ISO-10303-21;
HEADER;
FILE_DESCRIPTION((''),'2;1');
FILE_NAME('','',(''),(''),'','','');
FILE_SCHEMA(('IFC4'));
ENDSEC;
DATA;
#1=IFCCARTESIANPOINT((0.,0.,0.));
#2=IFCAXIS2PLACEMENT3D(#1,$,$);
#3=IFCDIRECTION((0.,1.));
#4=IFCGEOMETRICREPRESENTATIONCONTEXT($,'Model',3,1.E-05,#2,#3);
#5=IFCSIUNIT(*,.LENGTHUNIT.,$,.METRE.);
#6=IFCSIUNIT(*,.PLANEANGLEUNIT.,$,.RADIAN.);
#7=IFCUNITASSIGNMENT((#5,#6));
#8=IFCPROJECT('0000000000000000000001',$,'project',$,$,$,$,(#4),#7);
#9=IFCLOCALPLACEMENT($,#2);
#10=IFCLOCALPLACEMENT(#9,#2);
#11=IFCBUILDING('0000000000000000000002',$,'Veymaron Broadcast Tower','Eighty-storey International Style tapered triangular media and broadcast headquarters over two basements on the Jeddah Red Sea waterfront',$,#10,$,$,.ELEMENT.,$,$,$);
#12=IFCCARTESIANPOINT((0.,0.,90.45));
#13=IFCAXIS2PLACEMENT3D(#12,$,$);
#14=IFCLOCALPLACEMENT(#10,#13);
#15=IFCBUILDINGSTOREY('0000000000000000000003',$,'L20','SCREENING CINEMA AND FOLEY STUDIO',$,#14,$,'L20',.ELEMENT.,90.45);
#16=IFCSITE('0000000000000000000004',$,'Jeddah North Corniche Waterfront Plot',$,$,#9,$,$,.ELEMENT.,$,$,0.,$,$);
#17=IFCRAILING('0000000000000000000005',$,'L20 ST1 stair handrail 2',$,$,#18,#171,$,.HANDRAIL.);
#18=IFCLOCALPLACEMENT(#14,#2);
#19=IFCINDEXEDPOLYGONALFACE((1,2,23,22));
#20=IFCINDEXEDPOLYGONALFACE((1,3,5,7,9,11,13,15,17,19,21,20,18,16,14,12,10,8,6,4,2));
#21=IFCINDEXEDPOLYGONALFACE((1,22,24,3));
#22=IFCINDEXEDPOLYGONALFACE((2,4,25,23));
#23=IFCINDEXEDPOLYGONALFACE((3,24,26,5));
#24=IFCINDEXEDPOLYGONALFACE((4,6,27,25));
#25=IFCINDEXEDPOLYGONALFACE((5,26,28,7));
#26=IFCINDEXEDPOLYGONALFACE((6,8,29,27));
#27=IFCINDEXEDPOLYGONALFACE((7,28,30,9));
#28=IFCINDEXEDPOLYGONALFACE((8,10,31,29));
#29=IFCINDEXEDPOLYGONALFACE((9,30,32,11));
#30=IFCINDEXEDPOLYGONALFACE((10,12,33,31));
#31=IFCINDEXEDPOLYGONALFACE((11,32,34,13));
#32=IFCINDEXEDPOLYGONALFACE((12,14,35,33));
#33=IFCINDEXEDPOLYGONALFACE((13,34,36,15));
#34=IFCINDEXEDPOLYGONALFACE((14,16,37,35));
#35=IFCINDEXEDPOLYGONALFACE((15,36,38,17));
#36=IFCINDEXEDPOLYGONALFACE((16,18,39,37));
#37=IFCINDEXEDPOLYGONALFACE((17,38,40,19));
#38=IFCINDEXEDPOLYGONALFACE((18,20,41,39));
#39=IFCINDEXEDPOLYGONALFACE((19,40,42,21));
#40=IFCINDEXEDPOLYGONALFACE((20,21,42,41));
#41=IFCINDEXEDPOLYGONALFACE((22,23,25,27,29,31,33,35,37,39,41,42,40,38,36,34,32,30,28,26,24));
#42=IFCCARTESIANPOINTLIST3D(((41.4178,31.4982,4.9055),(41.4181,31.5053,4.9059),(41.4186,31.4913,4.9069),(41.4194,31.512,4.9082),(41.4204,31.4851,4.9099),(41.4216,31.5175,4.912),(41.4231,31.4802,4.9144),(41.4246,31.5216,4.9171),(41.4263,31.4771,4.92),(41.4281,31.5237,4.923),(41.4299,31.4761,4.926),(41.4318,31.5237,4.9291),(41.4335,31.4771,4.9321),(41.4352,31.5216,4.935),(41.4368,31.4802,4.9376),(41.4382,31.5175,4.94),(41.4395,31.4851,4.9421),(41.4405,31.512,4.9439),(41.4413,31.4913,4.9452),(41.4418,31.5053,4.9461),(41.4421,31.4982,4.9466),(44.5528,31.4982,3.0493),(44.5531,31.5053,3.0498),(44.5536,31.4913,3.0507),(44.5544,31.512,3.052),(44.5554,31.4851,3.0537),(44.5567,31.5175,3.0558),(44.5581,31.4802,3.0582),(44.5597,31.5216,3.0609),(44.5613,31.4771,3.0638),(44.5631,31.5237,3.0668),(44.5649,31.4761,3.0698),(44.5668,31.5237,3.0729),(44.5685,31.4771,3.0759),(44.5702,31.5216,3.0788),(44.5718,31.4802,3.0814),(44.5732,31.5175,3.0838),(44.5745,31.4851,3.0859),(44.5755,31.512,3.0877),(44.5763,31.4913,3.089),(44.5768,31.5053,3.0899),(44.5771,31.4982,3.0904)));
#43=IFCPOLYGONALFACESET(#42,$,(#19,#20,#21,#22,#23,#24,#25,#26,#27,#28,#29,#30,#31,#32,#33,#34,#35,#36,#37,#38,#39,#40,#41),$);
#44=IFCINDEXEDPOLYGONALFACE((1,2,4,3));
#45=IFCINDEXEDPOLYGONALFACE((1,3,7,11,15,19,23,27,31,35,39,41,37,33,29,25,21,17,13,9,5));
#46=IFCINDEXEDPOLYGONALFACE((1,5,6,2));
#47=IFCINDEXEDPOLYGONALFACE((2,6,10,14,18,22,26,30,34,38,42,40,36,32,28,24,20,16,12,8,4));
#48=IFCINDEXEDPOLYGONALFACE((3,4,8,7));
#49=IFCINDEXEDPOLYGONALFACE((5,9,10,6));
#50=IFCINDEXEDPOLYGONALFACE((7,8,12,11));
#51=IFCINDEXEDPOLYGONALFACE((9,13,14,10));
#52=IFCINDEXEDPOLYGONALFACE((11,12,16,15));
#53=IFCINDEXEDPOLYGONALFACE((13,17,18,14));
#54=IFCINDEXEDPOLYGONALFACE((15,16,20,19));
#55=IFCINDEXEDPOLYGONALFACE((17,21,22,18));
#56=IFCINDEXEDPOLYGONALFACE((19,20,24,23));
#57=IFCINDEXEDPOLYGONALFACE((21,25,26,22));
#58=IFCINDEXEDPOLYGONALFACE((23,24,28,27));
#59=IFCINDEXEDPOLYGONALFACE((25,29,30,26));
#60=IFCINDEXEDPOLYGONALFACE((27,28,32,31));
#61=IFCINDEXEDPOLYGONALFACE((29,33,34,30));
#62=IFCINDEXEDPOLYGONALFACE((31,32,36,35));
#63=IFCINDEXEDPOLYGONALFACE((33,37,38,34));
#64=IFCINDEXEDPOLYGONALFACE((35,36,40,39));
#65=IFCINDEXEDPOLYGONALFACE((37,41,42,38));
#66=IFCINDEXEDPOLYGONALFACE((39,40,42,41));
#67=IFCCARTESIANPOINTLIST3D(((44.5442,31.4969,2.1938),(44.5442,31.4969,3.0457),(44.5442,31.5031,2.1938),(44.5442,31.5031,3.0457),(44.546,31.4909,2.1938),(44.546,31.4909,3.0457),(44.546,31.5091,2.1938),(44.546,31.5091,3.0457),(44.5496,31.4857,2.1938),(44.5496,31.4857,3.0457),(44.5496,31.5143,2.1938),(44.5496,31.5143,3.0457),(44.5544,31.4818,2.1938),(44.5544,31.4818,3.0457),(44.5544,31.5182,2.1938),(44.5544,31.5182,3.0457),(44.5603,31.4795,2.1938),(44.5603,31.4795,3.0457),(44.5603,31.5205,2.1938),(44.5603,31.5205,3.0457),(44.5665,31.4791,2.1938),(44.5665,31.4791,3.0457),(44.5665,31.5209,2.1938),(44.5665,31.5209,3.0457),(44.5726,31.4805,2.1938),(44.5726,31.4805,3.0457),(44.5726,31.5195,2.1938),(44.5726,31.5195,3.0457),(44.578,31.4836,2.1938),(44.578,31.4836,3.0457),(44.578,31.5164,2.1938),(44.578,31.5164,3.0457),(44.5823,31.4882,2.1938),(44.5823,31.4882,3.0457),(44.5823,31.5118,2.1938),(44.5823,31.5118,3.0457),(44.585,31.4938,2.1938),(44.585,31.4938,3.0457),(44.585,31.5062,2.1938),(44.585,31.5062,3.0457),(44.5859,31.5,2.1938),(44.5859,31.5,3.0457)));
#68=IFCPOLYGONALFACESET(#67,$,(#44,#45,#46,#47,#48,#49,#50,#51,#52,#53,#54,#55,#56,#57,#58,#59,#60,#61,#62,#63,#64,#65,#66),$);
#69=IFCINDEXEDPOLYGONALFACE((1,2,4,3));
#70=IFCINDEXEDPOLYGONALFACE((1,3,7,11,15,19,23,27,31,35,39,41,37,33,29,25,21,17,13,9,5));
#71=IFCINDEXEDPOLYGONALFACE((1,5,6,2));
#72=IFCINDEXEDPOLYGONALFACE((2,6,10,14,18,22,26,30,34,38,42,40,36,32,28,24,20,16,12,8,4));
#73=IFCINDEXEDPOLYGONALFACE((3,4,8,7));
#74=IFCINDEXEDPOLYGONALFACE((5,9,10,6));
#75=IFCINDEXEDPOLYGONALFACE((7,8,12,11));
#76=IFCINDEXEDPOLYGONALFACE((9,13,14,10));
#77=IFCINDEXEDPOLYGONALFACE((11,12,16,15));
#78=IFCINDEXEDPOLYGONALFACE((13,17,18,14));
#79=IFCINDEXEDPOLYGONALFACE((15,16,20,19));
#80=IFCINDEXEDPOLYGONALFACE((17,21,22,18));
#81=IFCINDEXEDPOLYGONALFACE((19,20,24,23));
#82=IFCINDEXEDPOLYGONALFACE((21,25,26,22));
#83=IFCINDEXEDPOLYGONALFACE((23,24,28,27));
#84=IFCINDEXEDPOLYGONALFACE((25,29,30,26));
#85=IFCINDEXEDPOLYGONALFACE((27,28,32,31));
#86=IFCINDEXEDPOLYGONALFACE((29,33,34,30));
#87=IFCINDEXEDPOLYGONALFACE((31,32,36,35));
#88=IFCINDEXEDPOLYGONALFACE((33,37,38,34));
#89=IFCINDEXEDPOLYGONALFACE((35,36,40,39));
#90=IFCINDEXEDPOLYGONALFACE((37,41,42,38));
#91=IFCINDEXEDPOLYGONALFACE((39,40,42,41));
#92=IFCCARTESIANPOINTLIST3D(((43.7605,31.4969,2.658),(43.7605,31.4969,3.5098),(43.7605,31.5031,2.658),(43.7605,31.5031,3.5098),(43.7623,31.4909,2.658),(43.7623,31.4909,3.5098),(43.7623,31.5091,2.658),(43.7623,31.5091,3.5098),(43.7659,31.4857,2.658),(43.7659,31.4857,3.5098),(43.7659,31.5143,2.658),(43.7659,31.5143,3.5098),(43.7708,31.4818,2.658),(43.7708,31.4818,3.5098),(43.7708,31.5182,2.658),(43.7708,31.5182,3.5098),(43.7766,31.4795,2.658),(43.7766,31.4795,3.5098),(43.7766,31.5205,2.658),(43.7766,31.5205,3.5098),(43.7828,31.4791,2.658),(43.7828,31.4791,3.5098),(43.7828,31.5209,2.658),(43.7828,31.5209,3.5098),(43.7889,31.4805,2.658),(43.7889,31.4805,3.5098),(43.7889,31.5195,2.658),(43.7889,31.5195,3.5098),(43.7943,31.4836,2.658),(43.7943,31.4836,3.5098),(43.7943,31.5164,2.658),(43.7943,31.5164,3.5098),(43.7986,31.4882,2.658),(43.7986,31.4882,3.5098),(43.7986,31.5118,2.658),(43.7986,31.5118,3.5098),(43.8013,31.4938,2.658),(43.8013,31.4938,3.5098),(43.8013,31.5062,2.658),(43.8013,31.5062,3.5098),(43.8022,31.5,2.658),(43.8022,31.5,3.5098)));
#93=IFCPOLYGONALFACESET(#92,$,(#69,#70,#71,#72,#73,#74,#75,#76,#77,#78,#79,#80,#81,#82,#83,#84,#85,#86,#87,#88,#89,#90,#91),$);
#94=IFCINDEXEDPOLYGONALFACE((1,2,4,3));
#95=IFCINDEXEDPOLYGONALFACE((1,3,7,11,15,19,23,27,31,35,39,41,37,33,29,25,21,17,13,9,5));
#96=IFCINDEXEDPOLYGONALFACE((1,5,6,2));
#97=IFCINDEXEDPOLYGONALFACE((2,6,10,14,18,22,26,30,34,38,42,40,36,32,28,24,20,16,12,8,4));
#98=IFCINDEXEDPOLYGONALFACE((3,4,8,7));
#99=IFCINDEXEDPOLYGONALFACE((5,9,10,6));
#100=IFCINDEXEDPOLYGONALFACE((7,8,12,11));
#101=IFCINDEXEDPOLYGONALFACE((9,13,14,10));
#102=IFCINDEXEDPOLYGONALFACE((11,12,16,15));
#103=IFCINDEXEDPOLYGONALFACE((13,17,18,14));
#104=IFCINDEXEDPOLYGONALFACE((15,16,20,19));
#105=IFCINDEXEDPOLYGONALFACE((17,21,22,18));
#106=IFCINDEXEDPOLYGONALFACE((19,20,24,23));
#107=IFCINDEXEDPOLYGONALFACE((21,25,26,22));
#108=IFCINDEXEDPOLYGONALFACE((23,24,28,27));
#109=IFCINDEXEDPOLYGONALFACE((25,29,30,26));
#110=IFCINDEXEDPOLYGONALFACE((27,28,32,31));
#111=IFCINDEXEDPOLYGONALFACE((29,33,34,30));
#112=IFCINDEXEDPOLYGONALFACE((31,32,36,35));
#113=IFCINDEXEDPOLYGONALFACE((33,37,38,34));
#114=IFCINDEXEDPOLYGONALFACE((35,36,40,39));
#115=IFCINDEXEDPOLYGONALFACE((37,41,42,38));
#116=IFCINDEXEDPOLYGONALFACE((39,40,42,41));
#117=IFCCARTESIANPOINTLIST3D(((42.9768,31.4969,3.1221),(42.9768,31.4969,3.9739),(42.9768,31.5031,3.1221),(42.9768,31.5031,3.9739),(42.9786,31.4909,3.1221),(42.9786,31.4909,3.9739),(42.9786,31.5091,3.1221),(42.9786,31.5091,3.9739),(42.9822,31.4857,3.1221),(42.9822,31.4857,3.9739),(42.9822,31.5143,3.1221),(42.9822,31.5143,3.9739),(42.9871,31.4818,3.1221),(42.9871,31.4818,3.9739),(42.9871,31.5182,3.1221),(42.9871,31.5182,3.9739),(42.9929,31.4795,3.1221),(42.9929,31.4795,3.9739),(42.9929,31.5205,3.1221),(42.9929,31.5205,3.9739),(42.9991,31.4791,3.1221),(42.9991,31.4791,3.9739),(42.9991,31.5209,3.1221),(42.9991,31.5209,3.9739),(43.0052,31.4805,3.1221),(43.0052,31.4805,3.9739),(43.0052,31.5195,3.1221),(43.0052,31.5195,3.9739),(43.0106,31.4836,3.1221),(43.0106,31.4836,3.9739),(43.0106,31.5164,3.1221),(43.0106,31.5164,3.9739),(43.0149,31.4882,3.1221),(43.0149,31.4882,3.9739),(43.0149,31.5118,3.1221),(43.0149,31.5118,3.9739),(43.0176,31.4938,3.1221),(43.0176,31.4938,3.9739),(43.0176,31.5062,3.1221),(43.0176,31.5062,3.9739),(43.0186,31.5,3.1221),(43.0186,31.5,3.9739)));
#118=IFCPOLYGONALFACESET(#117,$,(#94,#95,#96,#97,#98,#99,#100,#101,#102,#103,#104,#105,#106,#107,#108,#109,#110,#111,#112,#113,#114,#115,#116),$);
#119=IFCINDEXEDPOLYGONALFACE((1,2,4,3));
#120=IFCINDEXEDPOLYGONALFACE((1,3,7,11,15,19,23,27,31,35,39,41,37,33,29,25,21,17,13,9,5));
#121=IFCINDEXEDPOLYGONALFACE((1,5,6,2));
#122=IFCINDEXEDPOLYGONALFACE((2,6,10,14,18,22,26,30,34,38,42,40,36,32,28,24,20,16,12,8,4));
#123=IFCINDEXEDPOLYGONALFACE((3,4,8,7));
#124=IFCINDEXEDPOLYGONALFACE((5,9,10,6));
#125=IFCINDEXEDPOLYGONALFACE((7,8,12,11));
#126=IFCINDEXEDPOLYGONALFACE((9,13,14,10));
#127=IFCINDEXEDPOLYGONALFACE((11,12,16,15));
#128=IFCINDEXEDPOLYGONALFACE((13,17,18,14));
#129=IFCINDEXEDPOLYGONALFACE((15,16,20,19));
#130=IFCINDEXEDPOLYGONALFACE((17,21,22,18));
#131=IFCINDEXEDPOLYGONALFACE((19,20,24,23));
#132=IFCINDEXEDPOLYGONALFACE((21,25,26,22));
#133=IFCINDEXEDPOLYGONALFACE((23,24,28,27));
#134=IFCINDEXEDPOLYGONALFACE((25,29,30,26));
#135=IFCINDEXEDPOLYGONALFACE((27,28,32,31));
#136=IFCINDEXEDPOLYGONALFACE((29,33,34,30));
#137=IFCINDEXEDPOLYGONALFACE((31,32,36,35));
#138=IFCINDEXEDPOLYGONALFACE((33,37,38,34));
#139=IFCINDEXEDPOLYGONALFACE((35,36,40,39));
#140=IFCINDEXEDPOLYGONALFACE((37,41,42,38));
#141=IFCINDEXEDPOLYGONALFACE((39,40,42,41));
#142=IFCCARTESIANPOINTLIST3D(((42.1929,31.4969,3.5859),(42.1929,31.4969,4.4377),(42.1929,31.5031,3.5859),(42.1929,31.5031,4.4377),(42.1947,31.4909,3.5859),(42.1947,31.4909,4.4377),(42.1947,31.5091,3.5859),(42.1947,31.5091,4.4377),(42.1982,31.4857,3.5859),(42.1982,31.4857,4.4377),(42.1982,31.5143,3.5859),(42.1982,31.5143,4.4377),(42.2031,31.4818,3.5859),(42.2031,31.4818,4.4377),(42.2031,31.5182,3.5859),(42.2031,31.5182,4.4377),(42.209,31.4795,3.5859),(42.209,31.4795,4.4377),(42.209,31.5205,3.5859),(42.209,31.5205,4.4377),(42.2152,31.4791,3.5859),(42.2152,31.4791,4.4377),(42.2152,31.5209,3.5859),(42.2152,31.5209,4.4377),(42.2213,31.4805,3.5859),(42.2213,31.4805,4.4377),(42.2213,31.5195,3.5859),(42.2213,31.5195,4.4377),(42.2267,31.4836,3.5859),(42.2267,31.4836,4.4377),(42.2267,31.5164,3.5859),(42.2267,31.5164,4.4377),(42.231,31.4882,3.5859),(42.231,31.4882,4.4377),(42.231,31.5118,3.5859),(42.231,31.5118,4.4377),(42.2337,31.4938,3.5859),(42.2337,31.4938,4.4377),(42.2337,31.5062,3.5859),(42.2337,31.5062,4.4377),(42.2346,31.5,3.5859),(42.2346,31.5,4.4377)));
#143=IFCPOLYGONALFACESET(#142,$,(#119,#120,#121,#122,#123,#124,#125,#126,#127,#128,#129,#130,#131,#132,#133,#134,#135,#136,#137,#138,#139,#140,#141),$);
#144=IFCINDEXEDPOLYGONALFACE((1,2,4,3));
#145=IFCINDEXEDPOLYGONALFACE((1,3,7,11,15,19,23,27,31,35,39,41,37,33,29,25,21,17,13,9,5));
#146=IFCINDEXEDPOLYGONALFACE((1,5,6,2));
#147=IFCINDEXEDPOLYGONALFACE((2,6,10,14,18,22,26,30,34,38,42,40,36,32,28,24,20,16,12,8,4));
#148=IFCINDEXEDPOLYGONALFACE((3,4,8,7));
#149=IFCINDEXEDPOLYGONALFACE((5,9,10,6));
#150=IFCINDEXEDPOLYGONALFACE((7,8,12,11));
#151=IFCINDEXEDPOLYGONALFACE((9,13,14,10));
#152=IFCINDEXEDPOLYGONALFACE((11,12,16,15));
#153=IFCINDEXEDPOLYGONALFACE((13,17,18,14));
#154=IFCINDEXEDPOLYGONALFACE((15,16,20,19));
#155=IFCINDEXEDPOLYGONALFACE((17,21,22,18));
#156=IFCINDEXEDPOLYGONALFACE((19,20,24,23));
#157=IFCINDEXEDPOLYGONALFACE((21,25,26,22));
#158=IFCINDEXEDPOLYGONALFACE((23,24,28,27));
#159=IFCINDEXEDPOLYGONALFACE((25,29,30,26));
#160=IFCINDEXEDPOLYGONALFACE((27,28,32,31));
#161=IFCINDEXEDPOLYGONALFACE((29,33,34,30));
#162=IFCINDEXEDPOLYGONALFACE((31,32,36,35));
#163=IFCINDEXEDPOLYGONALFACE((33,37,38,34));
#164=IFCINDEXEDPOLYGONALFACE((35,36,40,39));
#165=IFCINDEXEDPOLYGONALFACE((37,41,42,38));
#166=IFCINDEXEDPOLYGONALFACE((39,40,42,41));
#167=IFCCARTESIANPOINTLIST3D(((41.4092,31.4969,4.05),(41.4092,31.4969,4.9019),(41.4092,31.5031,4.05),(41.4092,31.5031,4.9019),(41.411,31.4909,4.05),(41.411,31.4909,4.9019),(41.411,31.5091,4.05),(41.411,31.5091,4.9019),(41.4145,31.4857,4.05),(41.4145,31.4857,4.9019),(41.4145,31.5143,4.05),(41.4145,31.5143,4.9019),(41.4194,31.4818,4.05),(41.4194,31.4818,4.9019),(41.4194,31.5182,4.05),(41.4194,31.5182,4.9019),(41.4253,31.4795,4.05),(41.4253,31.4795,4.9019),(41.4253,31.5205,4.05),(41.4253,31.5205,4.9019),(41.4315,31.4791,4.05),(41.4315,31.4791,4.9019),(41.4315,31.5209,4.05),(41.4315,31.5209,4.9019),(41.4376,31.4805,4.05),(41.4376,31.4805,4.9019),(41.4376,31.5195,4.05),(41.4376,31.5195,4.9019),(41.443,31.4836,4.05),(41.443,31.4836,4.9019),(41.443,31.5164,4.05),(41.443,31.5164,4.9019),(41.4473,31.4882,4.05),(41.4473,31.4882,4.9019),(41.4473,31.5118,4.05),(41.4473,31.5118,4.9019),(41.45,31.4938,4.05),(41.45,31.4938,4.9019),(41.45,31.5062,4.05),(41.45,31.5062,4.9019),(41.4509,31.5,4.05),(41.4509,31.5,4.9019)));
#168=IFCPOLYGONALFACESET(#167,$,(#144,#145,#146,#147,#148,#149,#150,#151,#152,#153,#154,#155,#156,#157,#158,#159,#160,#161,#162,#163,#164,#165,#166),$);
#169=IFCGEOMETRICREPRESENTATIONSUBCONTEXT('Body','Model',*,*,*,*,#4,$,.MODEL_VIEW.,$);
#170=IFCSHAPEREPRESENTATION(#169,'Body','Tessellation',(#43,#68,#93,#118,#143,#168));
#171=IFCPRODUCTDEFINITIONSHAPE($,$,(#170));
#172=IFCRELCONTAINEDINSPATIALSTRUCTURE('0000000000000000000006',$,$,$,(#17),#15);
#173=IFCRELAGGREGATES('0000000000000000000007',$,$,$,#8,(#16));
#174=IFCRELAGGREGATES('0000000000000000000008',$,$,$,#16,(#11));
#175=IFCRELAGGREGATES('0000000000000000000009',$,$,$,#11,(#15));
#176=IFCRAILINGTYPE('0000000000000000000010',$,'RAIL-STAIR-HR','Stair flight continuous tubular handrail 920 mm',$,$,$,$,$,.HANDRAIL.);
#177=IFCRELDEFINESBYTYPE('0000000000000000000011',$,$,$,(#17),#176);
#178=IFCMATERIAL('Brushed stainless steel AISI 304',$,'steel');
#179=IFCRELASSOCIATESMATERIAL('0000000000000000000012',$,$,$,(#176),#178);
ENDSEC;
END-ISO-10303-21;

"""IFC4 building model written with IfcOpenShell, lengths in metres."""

from ifc_helpers import new_model, si_unit, direction, frame, origin, origin_2d, place, context, subcontext, project, spatial, circle, extrude, material, type_object, element, save


model = new_model("IFC4")

# Units and contexts
model_context = context("Model", 3, precision=1e-05, world=origin(), true_north=direction((0.0, 1.0)))
body_context = subcontext(model_context, "Body", "Model", "MODEL_VIEW")
ifc_project = project(units=[si_unit("LENGTHUNIT", "METRE"), si_unit("PLANEANGLEUNIT", "RADIAN")], contexts=[model_context])

# Site, building, storey
site_placement = place(None, origin())
site = spatial("IfcSite", under=ifc_project, at=site_placement, Name="Jeddah North Corniche Waterfront Plot", CompositionType="ELEMENT", RefElevation=0.0)
building_placement = place(site_placement, origin())
building = spatial("IfcBuilding", under=site, at=building_placement, Name="Veymaron Broadcast Tower", Description="Eighty-storey International Style tapered triangular media and broadcast headquarters over two basements on the Jeddah Red Sea waterfront", CompositionType="ELEMENT")
storey_placement = place(building_placement, frame((0.0, 0.0, 90.45)))
storey = spatial("IfcBuildingStorey", under=building, at=storey_placement, Name="L20", Description="SCREENING CINEMA AND FOLEY STUDIO", LongName="L20", CompositionType="ELEMENT", Elevation=90.45)

# Shared definitions
ifc_material_1 = material(Name="Brushed stainless steel AISI 304", Category="steel")

# Railing
railing_type_1 = type_object("IfcRailingType", Name="RAIL-STAIR-HR", Description="Stair flight continuous tubular handrail 920 mm", PredefinedType="HANDRAIL", material=ifc_material_1)
railing_1_placement = place(storey_placement, frame((44.5649, 31.5, 2.1938)))
element("IfcRailing", 1, at=railing_1_placement, inside=storey, type_object=railing_type_1, Name="L20 ST1 stair handrail 2", PredefinedType="HANDRAIL", context=body_context, shape_type="SweptSolid", body=[
    extrude(circle(Radius=0.0239, at=origin_2d()), frame((0.0, 0.0, 0.876), z_axis=(-0.860482, 0.0, 0.509481), x_axis=(0.0, -1.0, 0.0)), (0.0, 0.0, 1.0), 3.6433),
    extrude(circle(Radius=0.021, at=origin_2d()), origin(), (0.0, 0.0, 1.0), 0.8518),
    extrude(circle(Radius=0.021, at=origin_2d()), frame((-0.7837, 0.0, 0.4641)), (0.0, 0.0, 1.0), 0.8518),
    extrude(circle(Radius=0.021, at=origin_2d()), frame((-1.5674, 0.0, 0.9282)), (0.0, 0.0, 1.0), 0.8518),
    extrude(circle(Radius=0.021, at=origin_2d()), frame((-2.3513, 0.0, 1.3921)), (0.0, 0.0, 1.0), 0.8518),
    extrude(circle(Radius=0.021, at=origin_2d()), frame((-3.135, 0.0, 1.8562)), (0.0, 0.0, 1.0), 0.8518),
])

save(model, "model.ifc")
